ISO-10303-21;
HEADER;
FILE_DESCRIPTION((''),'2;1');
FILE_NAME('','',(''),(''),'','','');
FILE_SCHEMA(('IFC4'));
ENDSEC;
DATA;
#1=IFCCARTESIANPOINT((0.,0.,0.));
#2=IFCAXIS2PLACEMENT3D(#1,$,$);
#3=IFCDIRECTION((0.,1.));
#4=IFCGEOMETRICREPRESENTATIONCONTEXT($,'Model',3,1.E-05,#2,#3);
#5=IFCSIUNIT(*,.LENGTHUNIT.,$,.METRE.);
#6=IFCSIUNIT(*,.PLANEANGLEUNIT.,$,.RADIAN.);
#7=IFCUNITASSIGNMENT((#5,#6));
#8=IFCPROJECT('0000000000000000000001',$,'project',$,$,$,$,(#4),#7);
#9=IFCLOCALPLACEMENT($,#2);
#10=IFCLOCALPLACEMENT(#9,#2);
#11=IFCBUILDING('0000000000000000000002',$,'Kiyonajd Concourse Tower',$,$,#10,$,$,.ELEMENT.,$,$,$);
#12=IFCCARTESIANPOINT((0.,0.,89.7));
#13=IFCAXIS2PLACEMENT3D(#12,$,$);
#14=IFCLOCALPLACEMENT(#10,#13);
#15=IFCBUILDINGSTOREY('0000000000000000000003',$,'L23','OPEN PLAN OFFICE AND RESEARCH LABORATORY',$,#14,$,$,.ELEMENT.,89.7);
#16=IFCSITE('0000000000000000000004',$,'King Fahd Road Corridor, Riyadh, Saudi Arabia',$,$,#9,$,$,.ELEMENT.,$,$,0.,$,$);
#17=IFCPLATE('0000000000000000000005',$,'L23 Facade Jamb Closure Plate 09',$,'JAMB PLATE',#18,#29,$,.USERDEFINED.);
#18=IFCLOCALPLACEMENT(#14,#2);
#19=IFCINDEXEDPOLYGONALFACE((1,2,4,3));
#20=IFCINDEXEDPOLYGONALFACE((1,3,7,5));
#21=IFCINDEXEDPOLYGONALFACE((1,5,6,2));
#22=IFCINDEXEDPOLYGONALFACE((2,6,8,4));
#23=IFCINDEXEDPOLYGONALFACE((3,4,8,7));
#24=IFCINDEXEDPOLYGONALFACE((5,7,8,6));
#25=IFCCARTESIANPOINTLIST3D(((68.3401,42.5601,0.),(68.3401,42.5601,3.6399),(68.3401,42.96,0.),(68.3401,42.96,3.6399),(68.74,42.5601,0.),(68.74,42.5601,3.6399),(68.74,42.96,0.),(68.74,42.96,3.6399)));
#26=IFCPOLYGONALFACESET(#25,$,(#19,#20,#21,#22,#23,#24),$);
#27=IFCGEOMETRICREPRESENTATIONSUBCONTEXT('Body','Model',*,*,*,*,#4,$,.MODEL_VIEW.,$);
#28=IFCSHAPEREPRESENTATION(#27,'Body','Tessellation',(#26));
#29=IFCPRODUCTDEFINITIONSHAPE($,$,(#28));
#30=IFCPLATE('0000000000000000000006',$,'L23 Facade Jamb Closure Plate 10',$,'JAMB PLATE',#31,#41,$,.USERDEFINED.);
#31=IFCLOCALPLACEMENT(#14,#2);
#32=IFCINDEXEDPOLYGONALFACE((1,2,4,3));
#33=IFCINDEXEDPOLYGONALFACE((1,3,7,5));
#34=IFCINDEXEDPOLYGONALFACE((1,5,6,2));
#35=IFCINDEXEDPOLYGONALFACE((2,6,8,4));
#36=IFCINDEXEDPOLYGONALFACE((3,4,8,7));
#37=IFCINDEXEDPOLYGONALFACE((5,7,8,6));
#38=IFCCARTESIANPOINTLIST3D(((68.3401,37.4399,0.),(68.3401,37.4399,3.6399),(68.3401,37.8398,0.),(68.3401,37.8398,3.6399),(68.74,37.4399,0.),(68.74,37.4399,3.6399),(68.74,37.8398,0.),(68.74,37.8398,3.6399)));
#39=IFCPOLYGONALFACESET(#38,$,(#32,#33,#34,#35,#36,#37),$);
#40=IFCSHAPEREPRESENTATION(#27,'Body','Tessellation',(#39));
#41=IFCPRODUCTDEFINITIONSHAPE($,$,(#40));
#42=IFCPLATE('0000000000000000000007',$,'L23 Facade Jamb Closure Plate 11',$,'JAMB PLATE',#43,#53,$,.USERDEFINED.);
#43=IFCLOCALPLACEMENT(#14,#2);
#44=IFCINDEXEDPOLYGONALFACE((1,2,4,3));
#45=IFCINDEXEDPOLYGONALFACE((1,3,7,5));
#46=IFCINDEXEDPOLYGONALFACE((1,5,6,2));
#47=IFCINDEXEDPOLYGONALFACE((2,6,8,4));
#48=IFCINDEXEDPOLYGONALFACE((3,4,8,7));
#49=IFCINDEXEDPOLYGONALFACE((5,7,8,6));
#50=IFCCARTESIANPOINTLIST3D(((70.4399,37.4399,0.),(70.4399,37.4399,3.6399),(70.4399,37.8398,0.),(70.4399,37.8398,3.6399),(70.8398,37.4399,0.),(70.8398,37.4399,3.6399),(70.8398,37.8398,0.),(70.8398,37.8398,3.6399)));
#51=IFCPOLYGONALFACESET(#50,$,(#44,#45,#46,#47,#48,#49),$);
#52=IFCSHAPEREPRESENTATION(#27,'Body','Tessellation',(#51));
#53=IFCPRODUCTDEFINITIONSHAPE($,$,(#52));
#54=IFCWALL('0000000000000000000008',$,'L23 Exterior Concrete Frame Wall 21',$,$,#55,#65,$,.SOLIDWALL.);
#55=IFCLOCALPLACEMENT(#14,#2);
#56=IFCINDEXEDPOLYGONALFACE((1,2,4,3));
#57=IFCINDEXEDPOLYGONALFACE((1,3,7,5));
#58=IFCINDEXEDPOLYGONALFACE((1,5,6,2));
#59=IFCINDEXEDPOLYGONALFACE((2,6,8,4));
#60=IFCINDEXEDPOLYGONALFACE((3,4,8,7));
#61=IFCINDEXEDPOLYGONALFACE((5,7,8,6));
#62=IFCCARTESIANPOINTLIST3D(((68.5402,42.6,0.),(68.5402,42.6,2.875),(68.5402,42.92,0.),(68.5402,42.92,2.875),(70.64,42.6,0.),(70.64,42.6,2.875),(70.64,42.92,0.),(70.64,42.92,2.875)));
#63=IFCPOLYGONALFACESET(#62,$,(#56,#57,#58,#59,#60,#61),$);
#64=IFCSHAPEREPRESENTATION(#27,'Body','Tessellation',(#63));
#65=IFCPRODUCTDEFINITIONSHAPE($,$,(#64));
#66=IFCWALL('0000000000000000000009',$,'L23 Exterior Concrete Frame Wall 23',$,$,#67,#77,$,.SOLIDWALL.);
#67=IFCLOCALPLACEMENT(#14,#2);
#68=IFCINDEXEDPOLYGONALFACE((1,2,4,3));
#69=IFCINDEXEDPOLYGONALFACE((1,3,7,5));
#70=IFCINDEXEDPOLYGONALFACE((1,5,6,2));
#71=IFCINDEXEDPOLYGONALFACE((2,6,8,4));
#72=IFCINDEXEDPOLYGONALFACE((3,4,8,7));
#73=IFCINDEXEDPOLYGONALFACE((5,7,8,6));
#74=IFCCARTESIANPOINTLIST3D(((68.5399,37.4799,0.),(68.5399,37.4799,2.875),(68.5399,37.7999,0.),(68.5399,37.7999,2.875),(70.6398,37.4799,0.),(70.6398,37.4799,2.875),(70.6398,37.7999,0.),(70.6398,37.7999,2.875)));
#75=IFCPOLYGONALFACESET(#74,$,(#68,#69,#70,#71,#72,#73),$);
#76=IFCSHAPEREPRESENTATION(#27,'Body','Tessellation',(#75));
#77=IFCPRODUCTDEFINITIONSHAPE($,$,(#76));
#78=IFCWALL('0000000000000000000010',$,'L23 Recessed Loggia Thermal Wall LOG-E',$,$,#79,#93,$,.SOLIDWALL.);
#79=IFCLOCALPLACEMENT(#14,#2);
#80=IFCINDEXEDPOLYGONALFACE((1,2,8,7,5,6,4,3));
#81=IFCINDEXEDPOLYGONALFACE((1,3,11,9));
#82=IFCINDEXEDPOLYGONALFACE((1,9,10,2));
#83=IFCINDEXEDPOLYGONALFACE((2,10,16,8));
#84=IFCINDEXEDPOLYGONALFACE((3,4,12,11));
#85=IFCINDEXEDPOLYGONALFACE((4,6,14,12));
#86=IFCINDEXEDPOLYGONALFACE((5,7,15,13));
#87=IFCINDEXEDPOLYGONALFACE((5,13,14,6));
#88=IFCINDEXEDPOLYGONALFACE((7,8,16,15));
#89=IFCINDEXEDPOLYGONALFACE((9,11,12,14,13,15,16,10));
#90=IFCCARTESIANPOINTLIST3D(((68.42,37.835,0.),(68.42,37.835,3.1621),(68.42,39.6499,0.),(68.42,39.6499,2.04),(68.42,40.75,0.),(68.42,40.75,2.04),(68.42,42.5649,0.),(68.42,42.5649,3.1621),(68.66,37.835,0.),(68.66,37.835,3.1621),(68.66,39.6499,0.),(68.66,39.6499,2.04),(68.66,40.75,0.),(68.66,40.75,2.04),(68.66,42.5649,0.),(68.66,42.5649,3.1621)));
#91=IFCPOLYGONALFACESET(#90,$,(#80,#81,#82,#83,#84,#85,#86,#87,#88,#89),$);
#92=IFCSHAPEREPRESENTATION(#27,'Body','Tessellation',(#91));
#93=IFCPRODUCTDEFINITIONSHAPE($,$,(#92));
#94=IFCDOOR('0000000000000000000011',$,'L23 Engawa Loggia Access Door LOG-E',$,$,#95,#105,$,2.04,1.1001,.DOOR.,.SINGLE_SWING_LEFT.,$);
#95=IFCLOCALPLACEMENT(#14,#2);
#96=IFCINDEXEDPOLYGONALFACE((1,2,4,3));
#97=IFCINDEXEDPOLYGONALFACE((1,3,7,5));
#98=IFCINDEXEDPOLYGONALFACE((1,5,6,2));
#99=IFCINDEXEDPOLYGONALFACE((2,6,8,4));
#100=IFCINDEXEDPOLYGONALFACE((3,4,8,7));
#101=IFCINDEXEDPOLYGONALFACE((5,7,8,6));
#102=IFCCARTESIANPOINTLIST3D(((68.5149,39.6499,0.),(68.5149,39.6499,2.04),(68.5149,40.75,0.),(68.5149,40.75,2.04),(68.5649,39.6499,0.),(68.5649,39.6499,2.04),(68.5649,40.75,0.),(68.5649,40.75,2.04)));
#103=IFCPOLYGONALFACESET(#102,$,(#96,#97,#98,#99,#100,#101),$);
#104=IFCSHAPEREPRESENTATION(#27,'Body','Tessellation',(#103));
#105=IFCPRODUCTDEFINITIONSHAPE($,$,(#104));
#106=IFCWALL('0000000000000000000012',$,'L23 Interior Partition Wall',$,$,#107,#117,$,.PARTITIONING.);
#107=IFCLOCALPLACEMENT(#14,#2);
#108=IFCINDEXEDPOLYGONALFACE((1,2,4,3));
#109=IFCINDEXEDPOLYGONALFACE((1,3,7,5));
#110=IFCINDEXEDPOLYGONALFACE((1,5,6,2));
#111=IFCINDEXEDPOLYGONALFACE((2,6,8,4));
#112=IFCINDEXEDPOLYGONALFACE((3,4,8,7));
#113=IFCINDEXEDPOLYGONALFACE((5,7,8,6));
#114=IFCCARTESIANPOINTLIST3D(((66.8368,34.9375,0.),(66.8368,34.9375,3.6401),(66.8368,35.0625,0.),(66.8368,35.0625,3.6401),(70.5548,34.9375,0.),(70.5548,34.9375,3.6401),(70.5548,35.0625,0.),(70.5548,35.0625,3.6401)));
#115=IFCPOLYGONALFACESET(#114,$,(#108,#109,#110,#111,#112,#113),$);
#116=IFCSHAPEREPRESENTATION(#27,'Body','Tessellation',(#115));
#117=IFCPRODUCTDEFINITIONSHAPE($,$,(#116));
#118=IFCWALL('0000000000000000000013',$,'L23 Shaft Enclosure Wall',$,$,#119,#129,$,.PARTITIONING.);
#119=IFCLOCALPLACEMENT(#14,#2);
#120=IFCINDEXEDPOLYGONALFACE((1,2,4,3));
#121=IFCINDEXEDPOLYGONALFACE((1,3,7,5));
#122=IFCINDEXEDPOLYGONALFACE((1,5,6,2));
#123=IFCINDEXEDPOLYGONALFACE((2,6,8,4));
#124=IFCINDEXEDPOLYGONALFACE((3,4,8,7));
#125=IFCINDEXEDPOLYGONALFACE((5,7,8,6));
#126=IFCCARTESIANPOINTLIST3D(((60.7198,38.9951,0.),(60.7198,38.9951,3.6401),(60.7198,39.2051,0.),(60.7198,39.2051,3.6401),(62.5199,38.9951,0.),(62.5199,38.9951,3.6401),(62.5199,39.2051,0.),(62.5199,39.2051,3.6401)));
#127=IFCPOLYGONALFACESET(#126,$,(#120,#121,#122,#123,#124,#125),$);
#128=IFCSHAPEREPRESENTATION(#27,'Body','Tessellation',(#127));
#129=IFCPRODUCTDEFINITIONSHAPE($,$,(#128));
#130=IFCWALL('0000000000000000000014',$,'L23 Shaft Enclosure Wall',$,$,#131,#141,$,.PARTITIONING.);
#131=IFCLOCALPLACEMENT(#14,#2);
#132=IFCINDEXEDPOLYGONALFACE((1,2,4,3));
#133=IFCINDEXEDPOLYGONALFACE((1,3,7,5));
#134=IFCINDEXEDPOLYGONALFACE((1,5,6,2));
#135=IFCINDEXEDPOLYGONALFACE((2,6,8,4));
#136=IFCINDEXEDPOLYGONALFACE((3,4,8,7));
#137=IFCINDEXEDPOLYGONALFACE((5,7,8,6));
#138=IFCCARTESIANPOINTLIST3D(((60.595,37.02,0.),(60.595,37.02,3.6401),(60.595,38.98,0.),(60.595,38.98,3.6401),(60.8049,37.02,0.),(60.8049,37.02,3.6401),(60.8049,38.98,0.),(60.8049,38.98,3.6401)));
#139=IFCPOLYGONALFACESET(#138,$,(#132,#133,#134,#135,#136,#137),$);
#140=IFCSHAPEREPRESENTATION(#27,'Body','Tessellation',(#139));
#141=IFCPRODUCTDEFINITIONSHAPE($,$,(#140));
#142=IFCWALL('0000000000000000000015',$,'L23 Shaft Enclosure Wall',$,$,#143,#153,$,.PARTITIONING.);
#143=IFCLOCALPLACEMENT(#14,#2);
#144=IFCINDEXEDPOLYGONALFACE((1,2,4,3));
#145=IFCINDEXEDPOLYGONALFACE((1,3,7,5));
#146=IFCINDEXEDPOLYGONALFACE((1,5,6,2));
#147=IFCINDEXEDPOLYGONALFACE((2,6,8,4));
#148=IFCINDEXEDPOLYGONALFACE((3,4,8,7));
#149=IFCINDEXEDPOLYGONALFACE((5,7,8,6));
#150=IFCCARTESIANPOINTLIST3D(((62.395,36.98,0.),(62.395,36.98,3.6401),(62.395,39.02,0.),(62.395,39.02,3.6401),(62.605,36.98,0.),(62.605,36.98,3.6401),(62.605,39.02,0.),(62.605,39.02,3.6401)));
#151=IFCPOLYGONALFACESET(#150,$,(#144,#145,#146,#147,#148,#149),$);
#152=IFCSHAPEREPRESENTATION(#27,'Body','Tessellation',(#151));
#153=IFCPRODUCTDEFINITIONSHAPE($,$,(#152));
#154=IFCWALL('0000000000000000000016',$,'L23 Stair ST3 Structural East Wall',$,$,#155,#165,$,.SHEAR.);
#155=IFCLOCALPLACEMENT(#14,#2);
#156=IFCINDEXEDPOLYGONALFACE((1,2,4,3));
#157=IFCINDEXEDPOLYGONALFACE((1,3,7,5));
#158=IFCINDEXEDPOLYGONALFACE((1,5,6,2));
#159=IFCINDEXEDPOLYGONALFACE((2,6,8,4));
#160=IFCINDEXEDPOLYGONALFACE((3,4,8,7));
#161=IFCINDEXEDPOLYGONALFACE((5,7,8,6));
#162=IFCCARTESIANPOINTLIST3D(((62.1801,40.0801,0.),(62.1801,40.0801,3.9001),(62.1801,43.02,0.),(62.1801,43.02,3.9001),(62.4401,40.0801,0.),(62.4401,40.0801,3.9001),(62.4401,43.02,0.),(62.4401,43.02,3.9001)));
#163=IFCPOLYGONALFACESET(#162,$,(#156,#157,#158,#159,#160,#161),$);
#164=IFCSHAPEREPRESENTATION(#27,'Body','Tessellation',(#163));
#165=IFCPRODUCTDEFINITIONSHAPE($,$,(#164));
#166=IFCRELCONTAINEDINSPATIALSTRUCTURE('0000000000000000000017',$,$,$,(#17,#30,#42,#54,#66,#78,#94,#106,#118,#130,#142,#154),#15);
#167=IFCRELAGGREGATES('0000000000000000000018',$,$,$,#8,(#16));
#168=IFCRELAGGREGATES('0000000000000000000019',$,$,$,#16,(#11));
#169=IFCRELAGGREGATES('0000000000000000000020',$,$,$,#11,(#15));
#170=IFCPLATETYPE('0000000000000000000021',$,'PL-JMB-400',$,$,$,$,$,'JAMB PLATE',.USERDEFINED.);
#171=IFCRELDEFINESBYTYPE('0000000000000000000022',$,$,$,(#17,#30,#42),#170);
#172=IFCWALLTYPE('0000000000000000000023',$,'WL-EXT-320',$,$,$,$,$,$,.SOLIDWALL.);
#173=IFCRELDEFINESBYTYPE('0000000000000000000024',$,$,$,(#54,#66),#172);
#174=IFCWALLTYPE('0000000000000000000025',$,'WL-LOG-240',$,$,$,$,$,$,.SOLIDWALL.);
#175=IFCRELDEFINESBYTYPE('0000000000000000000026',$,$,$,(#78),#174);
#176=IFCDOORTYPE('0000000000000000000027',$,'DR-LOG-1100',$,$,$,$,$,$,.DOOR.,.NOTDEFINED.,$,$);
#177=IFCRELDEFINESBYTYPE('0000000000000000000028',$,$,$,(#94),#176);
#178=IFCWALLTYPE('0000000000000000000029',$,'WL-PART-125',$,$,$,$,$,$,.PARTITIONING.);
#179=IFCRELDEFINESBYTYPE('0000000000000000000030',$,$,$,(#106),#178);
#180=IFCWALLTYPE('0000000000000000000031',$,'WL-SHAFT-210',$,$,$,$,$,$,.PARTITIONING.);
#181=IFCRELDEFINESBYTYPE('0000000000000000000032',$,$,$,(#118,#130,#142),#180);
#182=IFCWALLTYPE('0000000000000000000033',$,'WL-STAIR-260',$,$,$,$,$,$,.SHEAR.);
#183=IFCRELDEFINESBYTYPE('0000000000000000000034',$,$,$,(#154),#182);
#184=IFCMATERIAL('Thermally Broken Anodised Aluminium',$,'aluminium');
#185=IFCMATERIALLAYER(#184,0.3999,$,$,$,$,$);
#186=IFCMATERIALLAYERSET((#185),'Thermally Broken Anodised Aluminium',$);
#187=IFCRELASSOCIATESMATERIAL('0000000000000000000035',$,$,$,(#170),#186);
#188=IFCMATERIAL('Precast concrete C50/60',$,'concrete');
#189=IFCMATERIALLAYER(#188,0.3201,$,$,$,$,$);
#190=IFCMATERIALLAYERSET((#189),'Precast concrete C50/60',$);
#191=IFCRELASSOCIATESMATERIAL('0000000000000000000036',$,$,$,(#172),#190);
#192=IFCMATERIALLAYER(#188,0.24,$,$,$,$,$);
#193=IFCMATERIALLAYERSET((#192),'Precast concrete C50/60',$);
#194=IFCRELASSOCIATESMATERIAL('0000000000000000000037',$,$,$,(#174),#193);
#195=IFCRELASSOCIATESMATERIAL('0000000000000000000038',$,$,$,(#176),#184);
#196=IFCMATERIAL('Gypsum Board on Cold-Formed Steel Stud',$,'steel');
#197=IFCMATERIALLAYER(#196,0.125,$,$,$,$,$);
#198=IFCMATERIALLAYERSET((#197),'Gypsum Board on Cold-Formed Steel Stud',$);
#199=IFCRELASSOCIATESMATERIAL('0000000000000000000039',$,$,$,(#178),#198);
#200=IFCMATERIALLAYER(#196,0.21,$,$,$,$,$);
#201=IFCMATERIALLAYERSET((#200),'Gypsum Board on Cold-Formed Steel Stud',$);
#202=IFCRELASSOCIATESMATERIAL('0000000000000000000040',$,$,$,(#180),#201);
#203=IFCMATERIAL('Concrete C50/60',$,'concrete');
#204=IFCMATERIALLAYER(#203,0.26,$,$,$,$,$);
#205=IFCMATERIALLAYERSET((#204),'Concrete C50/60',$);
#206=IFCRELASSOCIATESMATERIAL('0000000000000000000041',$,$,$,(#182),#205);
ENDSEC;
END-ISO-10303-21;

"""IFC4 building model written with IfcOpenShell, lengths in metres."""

from ifc_helpers import new_model, si_unit, direction, frame, frame_2d, origin, origin_2d, place, context, subcontext, project, spatial, rectangle, extrude, material, layer, layer_set, type_object, element, fill, save


model = new_model("IFC4")

# Units and contexts
model_context = context("Model", 3, precision=1e-05, world=origin(), true_north=direction((0.0, 1.0)))
body_context = subcontext(model_context, "Body", "Model", "MODEL_VIEW")
ifc_project = project(units=[si_unit("LENGTHUNIT", "METRE"), si_unit("PLANEANGLEUNIT", "RADIAN")], contexts=[model_context])

# Site, building, storey
site_placement = place(None, origin())
site = spatial("IfcSite", under=ifc_project, at=site_placement, Name="King Fahd Road Corridor, Riyadh, Saudi Arabia", CompositionType="ELEMENT", RefElevation=0.0)
building_placement = place(site_placement, origin())
building = spatial("IfcBuilding", under=site, at=building_placement, Name="Kiyonajd Concourse Tower", CompositionType="ELEMENT")
storey_placement = place(building_placement, frame((0.0, 0.0, 89.7)))
storey = spatial("IfcBuildingStorey", under=building, at=storey_placement, Name="L23", Description="OPEN PLAN OFFICE AND RESEARCH LABORATORY", CompositionType="ELEMENT", Elevation=89.7)

# Shared definitions
ifc_material_1 = material(Name="Precast concrete C50/60", Category="concrete")

# Shared definitions
ifc_material_2 = material(Name="Thermally Broken Anodised Aluminium", Category="aluminium")

# Plates
ifc_layer_1 = layer(ifc_material_2, 0.3999)
ifc_layer_set_1 = layer_set([ifc_layer_1], Name="Thermally Broken Anodised Aluminium")
plate_type_1 = type_object("IfcPlateType", Name="PL-JMB-400", ElementType="JAMB PLATE", PredefinedType="USERDEFINED", material=ifc_layer_set_1)
for number, where, z_axis, x_axis, name in (
    (1, (68.54, 42.76, 0.0), (0.0, 0.0, 1.0), (1.0, 0.0, 0.0), "L23 Facade Jamb Closure Plate 09"),
    (2, (68.54, 37.6399, 0.0), (0.0, 0.0, 1.0), (1.0, 0.0, 0.0), "L23 Facade Jamb Closure Plate 10"),
    (3, (70.6399, 37.6399, 0.0), (0.0, 0.0, 1.0), (1.0, 0.0, 0.0), "L23 Facade Jamb Closure Plate 11"),
):
    element("IfcPlate", number, at=place(storey_placement, frame(where, z_axis=z_axis, x_axis=x_axis)), inside=storey, type_object=plate_type_1, Name=name, ObjectType="JAMB PLATE", PredefinedType="USERDEFINED", context=body_context, shape_type="SweptSolid", body=[
        extrude(rectangle(XDim=0.3999, YDim=0.3999, at=origin_2d()), origin(), (0.0, 0.0, 1.0), 3.6399),
    ])

# Walls
ifc_layer_2 = layer(ifc_material_1, 0.3201)
ifc_layer_set_2 = layer_set([ifc_layer_2], Name="Precast concrete C50/60")
wall_type_1 = type_object("IfcWallType", Name="WL-EXT-320", PredefinedType="SOLIDWALL", material=ifc_layer_set_2)
for number, where, z_axis, x_axis, name in (
    (4, (70.6399, 42.76, 0.0), (0.0, 0.0, 1.0), (-1.0, 0.0, 0.0), "L23 Exterior Concrete Frame Wall 21"),
    (5, (68.54, 37.6399, 0.0), (0.0, 0.0, 1.0), (1.0, 0.0, 0.0), "L23 Exterior Concrete Frame Wall 23"),
):
    element("IfcWall", number, at=place(storey_placement, frame(where, z_axis=z_axis, x_axis=x_axis)), inside=storey, type_object=wall_type_1, Name=name, PredefinedType="SOLIDWALL", context=body_context, shape_type="SweptSolid", body=[
        extrude(rectangle(XDim=2.0999, YDim=0.3201, at=frame_2d((1.0498, 0.0))), origin(), (0.0, 0.0, 1.0), 2.875),
    ])

# Wall, opening, door
ifc_layer_3 = layer(ifc_material_1, 0.24)
ifc_layer_set_3 = layer_set([ifc_layer_3], Name="Precast concrete C50/60")
wall_type_2 = type_object("IfcWallType", Name="WL-LOG-240", PredefinedType="SOLIDWALL", material=ifc_layer_set_3)
wall_1_placement = place(storey_placement, frame((68.54, 42.5649, 0.0), z_axis=(0.0, 0.0, 1.0), x_axis=(0.0, -1.0, 0.0)))
wall_1 = element("IfcWall", 6, at=wall_1_placement, inside=storey, type_object=wall_type_2, Name="L23 Recessed Loggia Thermal Wall LOG-E", PredefinedType="SOLIDWALL", context=body_context, shape_type="SweptSolid", body=[
    extrude(rectangle(XDim=4.73, YDim=0.24, at=frame_2d((2.365, 0.0))), origin(), (0.0, 0.0, 1.0), 3.1621),
])
opening_placement = place(wall_1_placement, frame((1.8149, 0.0, 0.0)))
opening = element("IfcOpeningElement", 7, at=opening_placement, cuts=wall_1, PredefinedType="OPENING", context=body_context, shape_type="SweptSolid", body=[
    extrude(rectangle(XDim=1.1001, YDim=2.04, at=frame_2d((0.55, 1.02))), frame((0.0, 0.1299, 0.0), z_axis=(0.0, -1.0, 0.0), x_axis=(1.0, 0.0, 0.0)), (0.0, 0.0, 1.0), 0.26),
])
door_type = type_object("IfcDoorType", Name="DR-LOG-1100", OperationType="NOTDEFINED", PredefinedType="DOOR", material=ifc_material_2)
door_placement = place(opening_placement, origin())
door = element("IfcDoor", 8, at=door_placement, inside=storey, type_object=door_type, Name="L23 Engawa Loggia Access Door LOG-E", OperationType="SINGLE_SWING_LEFT", OverallHeight=2.04, OverallWidth=1.1001, PredefinedType="DOOR", context=body_context, shape_type="SweptSolid", body=[
    extrude(rectangle(XDim=1.1001, YDim=2.04, at=frame_2d((0.55, 1.02))), frame((0.0, 0.0249, 0.0), z_axis=(0.0, -1.0, 0.0), x_axis=(1.0, 0.0, 0.0)), (0.0, 0.0, 1.0), 0.05),
])
fill(opening, door)

# Walls
ifc_material_3 = material(Name="Gypsum Board on Cold-Formed Steel Stud", Category="steel")
ifc_layer_4 = layer(ifc_material_3, 0.125)
ifc_layer_set_4 = layer_set([ifc_layer_4], Name="Gypsum Board on Cold-Formed Steel Stud")
wall_type_3 = type_object("IfcWallType", Name="WL-PART-125", PredefinedType="PARTITIONING", material=ifc_layer_set_4)
wall_2_placement = place(storey_placement, frame((66.8369, 35.0, 0.0), z_axis=(0.0, 0.0, 1.0), x_axis=(1.0, 0.0, 0.0)))
element("IfcWall", 9, at=wall_2_placement, inside=storey, type_object=wall_type_3, Name="L23 Interior Partition Wall", PredefinedType="PARTITIONING", context=body_context, shape_type="SweptSolid", body=[
    extrude(rectangle(XDim=3.718, YDim=0.125, at=frame_2d((1.8589, 0.0))), origin(), (0.0, 0.0, 1.0), 3.6401),
])
ifc_layer_5 = layer(ifc_material_3, 0.21)
ifc_layer_set_5 = layer_set([ifc_layer_5], Name="Gypsum Board on Cold-Formed Steel Stud")
wall_type_4 = type_object("IfcWallType", Name="WL-SHAFT-210", PredefinedType="PARTITIONING", material=ifc_layer_set_5)
wall_3_placement = place(storey_placement, frame((60.72, 39.1001, 0.0), z_axis=(0.0, 0.0, 1.0), x_axis=(1.0, 0.0, 0.0)))
element("IfcWall", 10, at=wall_3_placement, inside=storey, type_object=wall_type_4, Name="L23 Shaft Enclosure Wall", PredefinedType="PARTITIONING", context=body_context, shape_type="SweptSolid", body=[
    extrude(rectangle(XDim=1.8, YDim=0.21, at=frame_2d((0.8999, 0.0))), origin(), (0.0, 0.0, 1.0), 3.6401),
])
wall_4_placement = place(storey_placement, frame((60.7, 37.02, 0.0), z_axis=(0.0, 0.0, 1.0), x_axis=(0.0, 1.0, 0.0)))
element("IfcWall", 11, at=wall_4_placement, inside=storey, type_object=wall_type_4, Name="L23 Shaft Enclosure Wall", PredefinedType="PARTITIONING", context=body_context, shape_type="SweptSolid", body=[
    extrude(rectangle(XDim=1.96, YDim=0.21, at=frame_2d((0.98, 0.0))), origin(), (0.0, 0.0, 1.0), 3.6401),
])
wall_5_placement = place(storey_placement, frame((62.5, 36.98, 0.0), z_axis=(0.0, 0.0, 1.0), x_axis=(0.0, 1.0, 0.0)))
element("IfcWall", 12, at=wall_5_placement, inside=storey, type_object=wall_type_4, Name="L23 Shaft Enclosure Wall", PredefinedType="PARTITIONING", context=body_context, shape_type="SweptSolid", body=[
    extrude(rectangle(XDim=2.04, YDim=0.21, at=frame_2d((1.02, 0.0))), origin(), (0.0, 0.0, 1.0), 3.6401),
])
ifc_material_4 = material(Name="Concrete C50/60", Category="concrete")
ifc_layer_6 = layer(ifc_material_4, 0.26)
ifc_layer_set_6 = layer_set([ifc_layer_6], Name="Concrete C50/60")
wall_type_5 = type_object("IfcWallType", Name="WL-STAIR-260", PredefinedType="SHEAR", material=ifc_layer_set_6)
wall_6_placement = place(storey_placement, frame((62.3101, 40.0801, 0.0), z_axis=(0.0, 0.0, 1.0), x_axis=(0.0, 1.0, 0.0)))
element("IfcWall", 13, at=wall_6_placement, inside=storey, type_object=wall_type_5, Name="L23 Stair ST3 Structural East Wall", PredefinedType="SHEAR", context=body_context, shape_type="SweptSolid", body=[
    extrude(rectangle(XDim=2.9399, YDim=0.26, at=frame_2d((1.47, 0.0))), origin(), (0.0, 0.0, 1.0), 3.9001),
])

save(model, "model.ifc")
